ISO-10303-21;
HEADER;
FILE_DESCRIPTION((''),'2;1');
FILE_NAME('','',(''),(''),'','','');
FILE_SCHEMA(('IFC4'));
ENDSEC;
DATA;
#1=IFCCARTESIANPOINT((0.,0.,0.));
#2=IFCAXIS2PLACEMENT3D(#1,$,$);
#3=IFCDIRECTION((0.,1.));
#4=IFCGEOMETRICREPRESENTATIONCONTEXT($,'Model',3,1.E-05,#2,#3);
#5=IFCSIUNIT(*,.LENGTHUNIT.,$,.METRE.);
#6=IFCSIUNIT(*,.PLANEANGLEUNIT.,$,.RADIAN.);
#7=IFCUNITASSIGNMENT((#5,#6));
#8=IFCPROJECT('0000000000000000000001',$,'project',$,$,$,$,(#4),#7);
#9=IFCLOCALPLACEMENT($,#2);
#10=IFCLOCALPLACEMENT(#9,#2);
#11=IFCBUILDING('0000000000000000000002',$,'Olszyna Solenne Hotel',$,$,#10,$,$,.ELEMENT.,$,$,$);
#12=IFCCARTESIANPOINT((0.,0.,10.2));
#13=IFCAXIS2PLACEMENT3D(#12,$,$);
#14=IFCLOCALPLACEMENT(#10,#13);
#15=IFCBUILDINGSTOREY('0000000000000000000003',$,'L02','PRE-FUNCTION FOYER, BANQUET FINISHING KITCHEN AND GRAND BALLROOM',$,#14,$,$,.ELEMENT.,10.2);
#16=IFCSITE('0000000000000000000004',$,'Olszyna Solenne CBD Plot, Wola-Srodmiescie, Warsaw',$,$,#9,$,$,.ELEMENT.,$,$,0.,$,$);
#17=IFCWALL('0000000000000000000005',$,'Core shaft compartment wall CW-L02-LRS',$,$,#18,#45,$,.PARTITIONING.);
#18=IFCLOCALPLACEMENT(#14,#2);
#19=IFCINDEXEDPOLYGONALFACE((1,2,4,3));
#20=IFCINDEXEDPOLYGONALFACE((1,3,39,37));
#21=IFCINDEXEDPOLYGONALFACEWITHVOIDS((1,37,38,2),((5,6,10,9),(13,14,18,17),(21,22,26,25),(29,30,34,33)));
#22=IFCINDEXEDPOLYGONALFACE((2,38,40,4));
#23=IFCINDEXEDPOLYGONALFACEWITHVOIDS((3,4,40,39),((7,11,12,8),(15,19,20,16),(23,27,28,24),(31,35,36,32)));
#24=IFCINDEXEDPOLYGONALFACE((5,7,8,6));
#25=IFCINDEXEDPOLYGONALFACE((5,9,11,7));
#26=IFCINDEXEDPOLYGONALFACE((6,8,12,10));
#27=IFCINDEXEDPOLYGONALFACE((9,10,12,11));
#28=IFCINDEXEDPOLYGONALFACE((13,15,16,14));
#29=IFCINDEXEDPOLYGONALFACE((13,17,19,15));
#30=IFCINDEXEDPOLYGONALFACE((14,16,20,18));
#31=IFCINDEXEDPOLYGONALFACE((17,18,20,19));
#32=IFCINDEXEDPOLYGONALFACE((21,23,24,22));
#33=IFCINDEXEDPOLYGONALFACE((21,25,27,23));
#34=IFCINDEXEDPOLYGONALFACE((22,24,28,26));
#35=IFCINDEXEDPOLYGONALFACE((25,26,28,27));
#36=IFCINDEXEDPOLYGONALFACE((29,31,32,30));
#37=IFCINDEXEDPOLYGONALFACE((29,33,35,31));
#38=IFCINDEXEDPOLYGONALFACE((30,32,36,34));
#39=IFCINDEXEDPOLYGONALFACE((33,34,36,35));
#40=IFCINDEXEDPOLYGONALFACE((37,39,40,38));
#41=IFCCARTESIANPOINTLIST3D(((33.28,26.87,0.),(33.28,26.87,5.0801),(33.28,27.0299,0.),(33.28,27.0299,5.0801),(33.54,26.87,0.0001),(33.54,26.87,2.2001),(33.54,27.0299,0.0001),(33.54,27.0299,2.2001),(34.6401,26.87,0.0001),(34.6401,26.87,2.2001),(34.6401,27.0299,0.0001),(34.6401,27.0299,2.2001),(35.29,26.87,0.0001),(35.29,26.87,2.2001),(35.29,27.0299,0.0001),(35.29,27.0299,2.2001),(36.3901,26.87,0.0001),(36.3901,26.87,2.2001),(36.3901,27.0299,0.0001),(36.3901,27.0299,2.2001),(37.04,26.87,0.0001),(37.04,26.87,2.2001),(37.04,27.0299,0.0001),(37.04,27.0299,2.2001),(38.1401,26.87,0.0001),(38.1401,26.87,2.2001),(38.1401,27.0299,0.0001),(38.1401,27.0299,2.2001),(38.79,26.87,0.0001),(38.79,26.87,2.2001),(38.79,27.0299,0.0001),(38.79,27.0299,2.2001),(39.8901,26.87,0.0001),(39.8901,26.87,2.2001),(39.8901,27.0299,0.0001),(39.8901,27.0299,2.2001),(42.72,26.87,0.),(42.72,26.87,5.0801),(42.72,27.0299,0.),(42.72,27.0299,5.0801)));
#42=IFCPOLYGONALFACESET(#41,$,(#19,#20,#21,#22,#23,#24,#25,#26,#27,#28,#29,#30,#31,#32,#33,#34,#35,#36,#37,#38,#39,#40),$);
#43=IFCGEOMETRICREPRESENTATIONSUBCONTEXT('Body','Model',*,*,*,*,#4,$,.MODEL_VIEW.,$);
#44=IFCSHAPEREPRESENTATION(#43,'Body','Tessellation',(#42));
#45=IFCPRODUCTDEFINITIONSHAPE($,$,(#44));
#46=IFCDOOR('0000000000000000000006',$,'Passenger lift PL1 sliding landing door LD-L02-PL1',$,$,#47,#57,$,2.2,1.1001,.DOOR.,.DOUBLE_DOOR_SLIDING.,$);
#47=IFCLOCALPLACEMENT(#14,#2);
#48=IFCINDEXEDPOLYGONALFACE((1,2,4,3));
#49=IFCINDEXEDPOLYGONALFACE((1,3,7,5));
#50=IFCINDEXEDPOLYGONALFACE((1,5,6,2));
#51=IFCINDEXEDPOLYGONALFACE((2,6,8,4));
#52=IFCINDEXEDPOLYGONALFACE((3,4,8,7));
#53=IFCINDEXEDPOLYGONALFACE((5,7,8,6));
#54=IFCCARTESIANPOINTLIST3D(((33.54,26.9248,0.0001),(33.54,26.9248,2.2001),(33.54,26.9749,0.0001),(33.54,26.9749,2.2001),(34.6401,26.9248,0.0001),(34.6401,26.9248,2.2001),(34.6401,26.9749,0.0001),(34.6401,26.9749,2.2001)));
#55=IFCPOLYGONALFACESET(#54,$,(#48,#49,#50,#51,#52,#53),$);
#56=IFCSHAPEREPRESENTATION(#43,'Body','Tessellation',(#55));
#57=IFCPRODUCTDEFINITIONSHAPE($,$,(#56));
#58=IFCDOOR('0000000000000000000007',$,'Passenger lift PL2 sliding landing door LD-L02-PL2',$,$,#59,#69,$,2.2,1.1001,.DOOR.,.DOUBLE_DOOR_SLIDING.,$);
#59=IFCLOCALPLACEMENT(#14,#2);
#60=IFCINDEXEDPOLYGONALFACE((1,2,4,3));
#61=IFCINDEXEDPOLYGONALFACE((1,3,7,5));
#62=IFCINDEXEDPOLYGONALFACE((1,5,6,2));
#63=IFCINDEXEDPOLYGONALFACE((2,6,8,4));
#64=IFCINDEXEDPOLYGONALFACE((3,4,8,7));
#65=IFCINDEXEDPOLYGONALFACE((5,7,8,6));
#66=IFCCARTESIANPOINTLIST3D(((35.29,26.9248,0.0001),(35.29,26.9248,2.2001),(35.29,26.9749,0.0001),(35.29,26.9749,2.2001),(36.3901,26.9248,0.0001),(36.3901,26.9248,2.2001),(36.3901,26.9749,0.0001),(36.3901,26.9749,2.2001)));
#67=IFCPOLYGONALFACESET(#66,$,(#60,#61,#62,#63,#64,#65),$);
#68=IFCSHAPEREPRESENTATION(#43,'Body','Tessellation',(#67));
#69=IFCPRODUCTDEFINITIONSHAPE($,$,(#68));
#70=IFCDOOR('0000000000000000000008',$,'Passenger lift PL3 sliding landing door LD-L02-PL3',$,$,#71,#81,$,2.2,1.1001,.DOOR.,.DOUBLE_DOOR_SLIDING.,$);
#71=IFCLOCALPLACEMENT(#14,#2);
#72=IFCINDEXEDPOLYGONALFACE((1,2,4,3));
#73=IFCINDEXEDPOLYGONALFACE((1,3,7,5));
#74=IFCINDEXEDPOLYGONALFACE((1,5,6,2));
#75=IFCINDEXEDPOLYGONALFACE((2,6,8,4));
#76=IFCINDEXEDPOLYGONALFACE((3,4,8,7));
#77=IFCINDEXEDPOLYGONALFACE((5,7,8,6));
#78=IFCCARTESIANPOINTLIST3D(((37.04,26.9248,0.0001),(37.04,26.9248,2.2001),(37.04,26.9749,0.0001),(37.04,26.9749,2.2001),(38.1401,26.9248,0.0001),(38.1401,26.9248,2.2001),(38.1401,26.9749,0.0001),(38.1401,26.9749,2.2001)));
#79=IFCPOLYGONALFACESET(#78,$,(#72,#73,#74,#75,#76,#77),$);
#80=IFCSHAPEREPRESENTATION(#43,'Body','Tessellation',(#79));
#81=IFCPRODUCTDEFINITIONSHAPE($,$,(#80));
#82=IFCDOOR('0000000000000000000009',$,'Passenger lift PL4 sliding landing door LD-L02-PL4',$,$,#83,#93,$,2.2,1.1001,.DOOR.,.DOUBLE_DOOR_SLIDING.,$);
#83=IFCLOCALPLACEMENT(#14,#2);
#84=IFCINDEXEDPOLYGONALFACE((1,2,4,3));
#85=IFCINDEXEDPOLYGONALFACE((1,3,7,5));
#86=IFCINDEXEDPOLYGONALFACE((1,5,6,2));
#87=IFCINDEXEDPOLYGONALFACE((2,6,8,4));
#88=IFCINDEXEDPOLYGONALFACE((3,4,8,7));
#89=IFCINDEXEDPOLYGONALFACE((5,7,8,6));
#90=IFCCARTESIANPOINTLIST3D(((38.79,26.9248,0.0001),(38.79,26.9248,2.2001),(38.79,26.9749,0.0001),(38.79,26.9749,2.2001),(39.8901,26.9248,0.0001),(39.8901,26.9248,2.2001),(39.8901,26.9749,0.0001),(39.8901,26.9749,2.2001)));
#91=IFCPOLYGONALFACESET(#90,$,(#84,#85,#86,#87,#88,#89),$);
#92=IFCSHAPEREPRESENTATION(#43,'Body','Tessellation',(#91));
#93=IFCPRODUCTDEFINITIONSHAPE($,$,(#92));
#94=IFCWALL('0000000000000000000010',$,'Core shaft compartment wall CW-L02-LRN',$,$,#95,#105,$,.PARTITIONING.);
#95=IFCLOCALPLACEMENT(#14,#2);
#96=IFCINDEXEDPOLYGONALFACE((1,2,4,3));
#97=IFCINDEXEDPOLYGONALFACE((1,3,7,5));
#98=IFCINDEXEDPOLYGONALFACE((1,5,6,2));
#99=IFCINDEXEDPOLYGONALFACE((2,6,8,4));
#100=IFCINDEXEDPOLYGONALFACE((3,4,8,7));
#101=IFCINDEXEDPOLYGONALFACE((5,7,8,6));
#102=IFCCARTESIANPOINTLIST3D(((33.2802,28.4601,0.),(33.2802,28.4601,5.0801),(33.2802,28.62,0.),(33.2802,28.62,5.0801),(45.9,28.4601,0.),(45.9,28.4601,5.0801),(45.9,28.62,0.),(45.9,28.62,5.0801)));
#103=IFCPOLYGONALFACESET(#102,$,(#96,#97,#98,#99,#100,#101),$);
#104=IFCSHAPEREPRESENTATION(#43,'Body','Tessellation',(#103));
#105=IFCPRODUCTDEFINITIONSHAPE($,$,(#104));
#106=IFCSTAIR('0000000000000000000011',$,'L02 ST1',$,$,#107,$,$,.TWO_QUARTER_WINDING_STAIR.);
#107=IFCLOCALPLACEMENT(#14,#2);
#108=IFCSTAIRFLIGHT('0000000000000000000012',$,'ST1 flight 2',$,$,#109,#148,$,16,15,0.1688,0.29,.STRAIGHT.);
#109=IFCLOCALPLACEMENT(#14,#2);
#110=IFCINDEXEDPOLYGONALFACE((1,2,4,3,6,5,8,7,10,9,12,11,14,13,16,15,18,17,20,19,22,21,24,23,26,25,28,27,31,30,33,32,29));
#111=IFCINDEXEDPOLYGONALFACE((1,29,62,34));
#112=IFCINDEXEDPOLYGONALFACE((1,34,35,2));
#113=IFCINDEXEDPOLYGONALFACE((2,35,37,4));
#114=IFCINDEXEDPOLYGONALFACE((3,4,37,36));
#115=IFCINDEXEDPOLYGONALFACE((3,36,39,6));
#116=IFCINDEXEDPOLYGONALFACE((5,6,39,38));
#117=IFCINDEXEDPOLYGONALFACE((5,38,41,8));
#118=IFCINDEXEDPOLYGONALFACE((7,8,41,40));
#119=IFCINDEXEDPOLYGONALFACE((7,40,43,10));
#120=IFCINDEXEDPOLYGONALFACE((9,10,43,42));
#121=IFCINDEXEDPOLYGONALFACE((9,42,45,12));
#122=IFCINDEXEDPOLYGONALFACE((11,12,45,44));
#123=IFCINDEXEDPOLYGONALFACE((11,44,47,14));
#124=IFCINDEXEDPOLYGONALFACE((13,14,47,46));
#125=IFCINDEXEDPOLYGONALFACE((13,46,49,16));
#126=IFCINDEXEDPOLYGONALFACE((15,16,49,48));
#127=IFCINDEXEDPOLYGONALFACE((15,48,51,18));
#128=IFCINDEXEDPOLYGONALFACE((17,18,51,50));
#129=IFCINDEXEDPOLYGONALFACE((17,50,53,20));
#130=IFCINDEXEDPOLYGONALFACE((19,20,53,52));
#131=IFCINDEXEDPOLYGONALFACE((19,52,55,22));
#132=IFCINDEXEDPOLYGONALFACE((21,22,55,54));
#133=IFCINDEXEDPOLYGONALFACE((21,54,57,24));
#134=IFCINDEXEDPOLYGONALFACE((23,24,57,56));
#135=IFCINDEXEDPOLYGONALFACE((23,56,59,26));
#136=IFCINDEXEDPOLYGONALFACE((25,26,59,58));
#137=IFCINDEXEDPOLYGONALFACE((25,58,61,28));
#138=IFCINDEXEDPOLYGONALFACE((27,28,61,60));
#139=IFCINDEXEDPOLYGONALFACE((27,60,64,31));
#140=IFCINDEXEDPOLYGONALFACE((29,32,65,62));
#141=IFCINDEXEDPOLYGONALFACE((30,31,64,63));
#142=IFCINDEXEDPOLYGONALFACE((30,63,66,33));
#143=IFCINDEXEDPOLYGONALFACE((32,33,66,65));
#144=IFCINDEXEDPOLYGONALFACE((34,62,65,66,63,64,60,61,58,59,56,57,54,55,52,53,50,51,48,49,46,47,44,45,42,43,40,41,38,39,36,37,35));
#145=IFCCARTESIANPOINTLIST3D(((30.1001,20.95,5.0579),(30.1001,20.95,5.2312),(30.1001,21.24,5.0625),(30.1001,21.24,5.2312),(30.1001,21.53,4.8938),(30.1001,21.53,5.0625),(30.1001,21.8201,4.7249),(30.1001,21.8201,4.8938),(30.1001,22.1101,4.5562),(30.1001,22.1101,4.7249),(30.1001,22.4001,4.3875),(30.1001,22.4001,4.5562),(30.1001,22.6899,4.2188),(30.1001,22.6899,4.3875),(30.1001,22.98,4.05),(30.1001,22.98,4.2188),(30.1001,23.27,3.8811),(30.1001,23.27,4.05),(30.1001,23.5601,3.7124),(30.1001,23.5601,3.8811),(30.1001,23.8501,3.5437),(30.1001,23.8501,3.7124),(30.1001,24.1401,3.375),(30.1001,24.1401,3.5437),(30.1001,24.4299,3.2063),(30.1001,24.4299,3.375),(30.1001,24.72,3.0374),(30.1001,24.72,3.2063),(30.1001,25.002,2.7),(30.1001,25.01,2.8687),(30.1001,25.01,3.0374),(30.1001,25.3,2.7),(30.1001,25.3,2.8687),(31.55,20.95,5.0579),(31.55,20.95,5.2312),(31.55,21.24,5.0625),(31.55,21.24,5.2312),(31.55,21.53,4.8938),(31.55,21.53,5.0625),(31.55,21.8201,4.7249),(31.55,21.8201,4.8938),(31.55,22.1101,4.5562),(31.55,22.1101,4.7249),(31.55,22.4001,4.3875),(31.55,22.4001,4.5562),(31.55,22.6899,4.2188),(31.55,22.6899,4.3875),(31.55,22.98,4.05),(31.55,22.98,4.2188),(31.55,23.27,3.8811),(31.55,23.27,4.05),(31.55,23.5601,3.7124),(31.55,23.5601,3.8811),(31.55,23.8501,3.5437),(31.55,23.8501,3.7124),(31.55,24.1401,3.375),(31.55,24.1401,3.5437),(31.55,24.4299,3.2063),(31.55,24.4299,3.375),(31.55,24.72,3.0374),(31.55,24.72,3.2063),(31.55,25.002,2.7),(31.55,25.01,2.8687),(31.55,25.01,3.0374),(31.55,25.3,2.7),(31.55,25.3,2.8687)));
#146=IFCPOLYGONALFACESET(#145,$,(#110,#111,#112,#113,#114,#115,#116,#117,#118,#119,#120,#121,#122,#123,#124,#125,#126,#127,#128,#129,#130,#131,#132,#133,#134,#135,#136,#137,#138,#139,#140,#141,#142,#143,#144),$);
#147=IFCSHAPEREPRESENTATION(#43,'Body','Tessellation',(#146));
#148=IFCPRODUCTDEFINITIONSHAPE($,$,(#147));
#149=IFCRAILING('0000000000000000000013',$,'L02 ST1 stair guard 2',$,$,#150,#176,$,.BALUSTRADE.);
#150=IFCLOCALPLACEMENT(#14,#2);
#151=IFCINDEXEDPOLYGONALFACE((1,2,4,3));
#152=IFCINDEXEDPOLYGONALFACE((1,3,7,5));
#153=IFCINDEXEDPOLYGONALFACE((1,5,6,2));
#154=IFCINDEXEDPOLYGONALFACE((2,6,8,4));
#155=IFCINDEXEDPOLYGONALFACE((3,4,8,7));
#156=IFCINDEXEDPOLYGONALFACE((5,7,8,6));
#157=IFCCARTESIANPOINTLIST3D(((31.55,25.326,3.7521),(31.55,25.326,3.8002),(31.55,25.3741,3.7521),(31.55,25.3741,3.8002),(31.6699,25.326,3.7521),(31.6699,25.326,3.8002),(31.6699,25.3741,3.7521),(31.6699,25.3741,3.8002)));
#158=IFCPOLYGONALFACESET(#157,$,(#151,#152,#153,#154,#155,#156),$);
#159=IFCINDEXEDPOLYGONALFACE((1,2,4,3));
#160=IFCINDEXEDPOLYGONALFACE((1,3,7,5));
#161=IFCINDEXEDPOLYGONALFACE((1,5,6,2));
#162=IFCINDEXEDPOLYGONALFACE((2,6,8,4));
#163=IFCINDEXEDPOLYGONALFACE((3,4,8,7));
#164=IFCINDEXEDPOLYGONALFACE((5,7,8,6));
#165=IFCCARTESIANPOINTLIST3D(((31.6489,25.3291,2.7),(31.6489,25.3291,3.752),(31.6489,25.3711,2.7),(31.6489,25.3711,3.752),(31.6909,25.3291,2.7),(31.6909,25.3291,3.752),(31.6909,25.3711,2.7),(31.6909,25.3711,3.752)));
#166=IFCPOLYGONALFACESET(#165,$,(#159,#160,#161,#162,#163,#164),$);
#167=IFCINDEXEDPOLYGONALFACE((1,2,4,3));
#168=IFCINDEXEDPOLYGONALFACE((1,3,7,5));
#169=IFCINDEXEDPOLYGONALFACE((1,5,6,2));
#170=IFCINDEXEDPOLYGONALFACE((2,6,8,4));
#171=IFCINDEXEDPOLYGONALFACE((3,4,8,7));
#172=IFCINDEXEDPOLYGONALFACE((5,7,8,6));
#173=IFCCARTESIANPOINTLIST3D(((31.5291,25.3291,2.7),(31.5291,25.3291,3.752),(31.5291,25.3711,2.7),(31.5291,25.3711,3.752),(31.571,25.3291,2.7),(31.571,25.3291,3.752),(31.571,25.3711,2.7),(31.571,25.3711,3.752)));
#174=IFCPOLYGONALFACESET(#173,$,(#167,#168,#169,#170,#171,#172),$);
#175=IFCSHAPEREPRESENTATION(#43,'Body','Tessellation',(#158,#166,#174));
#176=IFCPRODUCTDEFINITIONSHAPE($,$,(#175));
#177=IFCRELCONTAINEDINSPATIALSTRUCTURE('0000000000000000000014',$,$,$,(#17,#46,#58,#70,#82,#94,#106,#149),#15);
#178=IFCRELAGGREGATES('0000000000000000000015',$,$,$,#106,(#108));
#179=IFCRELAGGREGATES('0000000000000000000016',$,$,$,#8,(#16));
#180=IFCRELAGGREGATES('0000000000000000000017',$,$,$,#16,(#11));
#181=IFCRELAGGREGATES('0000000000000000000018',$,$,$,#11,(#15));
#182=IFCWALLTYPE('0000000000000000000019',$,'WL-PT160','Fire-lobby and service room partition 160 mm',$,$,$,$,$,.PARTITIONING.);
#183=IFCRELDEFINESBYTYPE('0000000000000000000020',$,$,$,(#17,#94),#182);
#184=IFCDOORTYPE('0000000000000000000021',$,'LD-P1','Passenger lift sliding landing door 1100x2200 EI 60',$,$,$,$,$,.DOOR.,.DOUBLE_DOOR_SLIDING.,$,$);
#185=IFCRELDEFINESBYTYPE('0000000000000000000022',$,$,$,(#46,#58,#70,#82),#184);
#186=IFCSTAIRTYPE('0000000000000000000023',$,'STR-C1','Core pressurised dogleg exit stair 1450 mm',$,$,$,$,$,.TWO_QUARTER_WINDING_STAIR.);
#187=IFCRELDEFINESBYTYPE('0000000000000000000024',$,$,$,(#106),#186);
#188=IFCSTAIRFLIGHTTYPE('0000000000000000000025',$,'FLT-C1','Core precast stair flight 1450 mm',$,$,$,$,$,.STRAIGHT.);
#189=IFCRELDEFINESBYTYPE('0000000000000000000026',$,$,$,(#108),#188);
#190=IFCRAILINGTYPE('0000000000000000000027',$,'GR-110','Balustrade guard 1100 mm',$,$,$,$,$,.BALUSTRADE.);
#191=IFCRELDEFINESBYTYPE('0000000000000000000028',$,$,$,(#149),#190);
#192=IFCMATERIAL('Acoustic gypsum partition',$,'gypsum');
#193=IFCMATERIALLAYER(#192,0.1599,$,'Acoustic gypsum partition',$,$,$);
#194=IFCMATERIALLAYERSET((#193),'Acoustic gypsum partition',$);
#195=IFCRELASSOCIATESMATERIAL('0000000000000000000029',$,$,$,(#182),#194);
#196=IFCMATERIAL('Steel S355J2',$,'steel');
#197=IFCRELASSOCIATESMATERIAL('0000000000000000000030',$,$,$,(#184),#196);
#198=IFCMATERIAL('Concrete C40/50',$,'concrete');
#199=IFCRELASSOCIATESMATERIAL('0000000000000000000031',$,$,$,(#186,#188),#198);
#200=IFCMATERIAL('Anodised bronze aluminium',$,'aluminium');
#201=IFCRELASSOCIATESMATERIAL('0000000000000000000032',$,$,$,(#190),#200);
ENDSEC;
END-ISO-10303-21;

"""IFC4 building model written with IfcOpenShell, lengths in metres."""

from ifc_helpers import new_model, si_unit, direction, frame, frame_2d, origin, origin_2d, place, context, subcontext, project, spatial, polyline, rectangle, outline, extrude, source, transform, mapped, material, layer, layer_set, type_object, type_shapes, element, fill, aggregate, save


model = new_model("IFC4")

# Units and contexts
model_context = context("Model", 3, precision=1e-05, world=origin(), true_north=direction((0.0, 1.0)))
body_context = subcontext(model_context, "Body", "Model", "MODEL_VIEW")
ifc_project = project(units=[si_unit("LENGTHUNIT", "METRE"), si_unit("PLANEANGLEUNIT", "RADIAN")], contexts=[model_context])

# Site, building, storey
site_placement = place(None, origin())
site = spatial("IfcSite", under=ifc_project, at=site_placement, Name="Olszyna Solenne CBD Plot, Wola-Srodmiescie, Warsaw", CompositionType="ELEMENT", RefElevation=0.0)
building_placement = place(site_placement, origin())
building = spatial("IfcBuilding", under=site, at=building_placement, Name="Olszyna Solenne Hotel", CompositionType="ELEMENT")
storey_placement = place(building_placement, frame((0.0, 0.0, 10.2)))
storey = spatial("IfcBuildingStorey", under=building, at=storey_placement, Name="L02", Description="PRE-FUNCTION FOYER, BANQUET FINISHING KITCHEN AND GRAND BALLROOM", CompositionType="ELEMENT", Elevation=10.2)

# Shared definitions
ifc_material_1 = material(Name="Steel S355J2", Category="steel")

# Shared definitions
ifc_material_2 = material(Name="Acoustic gypsum partition", Category="gypsum")
ifc_layer = layer(ifc_material_2, 0.1599, Name="Acoustic gypsum partition")
ifc_layer_set = layer_set([ifc_layer], Name="Acoustic gypsum partition")
wall_type = type_object("IfcWallType", Name="WL-PT160", Description="Fire-lobby and service room partition 160 mm", PredefinedType="PARTITIONING", material=ifc_layer_set)

# Wall, openings, doors
wall_1_placement = place(storey_placement, frame((33.28, 26.95, 0.0), z_axis=(0.0, 0.0, 1.0), x_axis=(1.0, 0.0, 0.0)))
wall_1 = element("IfcWall", 1, at=wall_1_placement, inside=storey, type_object=wall_type, Name="Core shaft compartment wall CW-L02-LRS", PredefinedType="PARTITIONING", context=body_context, shape_type="SweptSolid", body=[
    extrude(rectangle(XDim=9.4399, YDim=0.1599, at=frame_2d((4.72, 0.0))), origin(), (0.0, 0.0, 1.0), 5.0801),
])
opening_1_placement = place(wall_1_placement, frame((0.26, 0.0, 0.0)))
opening_1 = element("IfcOpeningElement", 2, at=opening_1_placement, cuts=wall_1, PredefinedType="OPENING", context=body_context, shape_type="SweptSolid", body=[
    extrude(rectangle(XDim=1.1001, YDim=2.2, at=frame_2d((0.55, 1.1001))), frame((0.0, 0.0898, 0.0), z_axis=(0.0, -1.0, 0.0), x_axis=(1.0, 0.0, 0.0)), (0.0, 0.0, 1.0), 0.1799),
])
opening_2_placement = place(wall_1_placement, frame((2.01, 0.0, 0.0)))
opening_2 = element("IfcOpeningElement", 3, at=opening_2_placement, cuts=wall_1, PredefinedType="OPENING", context=body_context, shape_type="SweptSolid", body=[
    extrude(rectangle(XDim=1.1001, YDim=2.2, at=frame_2d((0.55, 1.1001))), frame((0.0, 0.0898, 0.0), z_axis=(0.0, -1.0, 0.0), x_axis=(1.0, 0.0, 0.0)), (0.0, 0.0, 1.0), 0.1799),
])
opening_3_placement = place(wall_1_placement, frame((3.76, 0.0, 0.0)))
opening_3 = element("IfcOpeningElement", 4, at=opening_3_placement, cuts=wall_1, PredefinedType="OPENING", context=body_context, shape_type="SweptSolid", body=[
    extrude(rectangle(XDim=1.1001, YDim=2.2, at=frame_2d((0.55, 1.1001))), frame((0.0, 0.0898, 0.0), z_axis=(0.0, -1.0, 0.0), x_axis=(1.0, 0.0, 0.0)), (0.0, 0.0, 1.0), 0.1799),
])
opening_4_placement = place(wall_1_placement, frame((5.51, 0.0, 0.0)))
opening_4 = element("IfcOpeningElement", 5, at=opening_4_placement, cuts=wall_1, PredefinedType="OPENING", context=body_context, shape_type="SweptSolid", body=[
    extrude(rectangle(XDim=1.1001, YDim=2.2, at=frame_2d((0.55, 1.1001))), frame((0.0, 0.0898, 0.0), z_axis=(0.0, -1.0, 0.0), x_axis=(1.0, 0.0, 0.0)), (0.0, 0.0, 1.0), 0.1799),
])
door_type = type_object("IfcDoorType", Name="LD-P1", Description="Passenger lift sliding landing door 1100x2200 EI 60", OperationType="DOUBLE_DOOR_SLIDING", PredefinedType="DOOR", material=ifc_material_1)
shared_shape_1 = source(origin(), body_context, "Body", "SweptSolid", [
    extrude(rectangle(XDim=1.1001, YDim=2.2, at=frame_2d((0.55, 1.1001))), frame((0.0, 0.0249, 0.0), z_axis=(0.0, -1.0, 0.0), x_axis=(1.0, 0.0, 0.0)), (0.0, 0.0, 1.0), 0.05),
])
type_shapes(door_type, [shared_shape_1])
door_1_placement = place(opening_1_placement, origin())
door_1 = element("IfcDoor", 6, at=door_1_placement, inside=storey, type_object=door_type, Name="Passenger lift PL1 sliding landing door LD-L02-PL1", OperationType="DOUBLE_DOOR_SLIDING", OverallHeight=2.2, OverallWidth=1.1001, PredefinedType="DOOR", context=body_context, shape_type="MappedRepresentation", body=[
    mapped(shared_shape_1, transform((0.0, 0.0, 0.0), x_axis=(1.0, 0.0, 0.0), y_axis=(0.0, 1.0, 0.0), z_axis=(0.0, 0.0, 1.0), scale=1.0)),
])
fill(opening_1, door_1)
door_2_placement = place(opening_2_placement, origin())
door_2 = element("IfcDoor", 7, at=door_2_placement, inside=storey, type_object=door_type, Name="Passenger lift PL2 sliding landing door LD-L02-PL2", OperationType="DOUBLE_DOOR_SLIDING", OverallHeight=2.2, OverallWidth=1.1001, PredefinedType="DOOR", context=body_context, shape_type="MappedRepresentation", body=[
    mapped(shared_shape_1, transform((0.0, 0.0, 0.0), x_axis=(1.0, 0.0, 0.0), y_axis=(0.0, 1.0, 0.0), z_axis=(0.0, 0.0, 1.0), scale=1.0)),
])
fill(opening_2, door_2)
door_3_placement = place(opening_3_placement, origin())
door_3 = element("IfcDoor", 8, at=door_3_placement, inside=storey, type_object=door_type, Name="Passenger lift PL3 sliding landing door LD-L02-PL3", OperationType="DOUBLE_DOOR_SLIDING", OverallHeight=2.2, OverallWidth=1.1001, PredefinedType="DOOR", context=body_context, shape_type="MappedRepresentation", body=[
    mapped(shared_shape_1, transform((0.0, 0.0, 0.0), x_axis=(1.0, 0.0, 0.0), y_axis=(0.0, 1.0, 0.0), z_axis=(0.0, 0.0, 1.0), scale=1.0)),
])
fill(opening_3, door_3)
door_4_placement = place(opening_4_placement, origin())
door_4 = element("IfcDoor", 9, at=door_4_placement, inside=storey, type_object=door_type, Name="Passenger lift PL4 sliding landing door LD-L02-PL4", OperationType="DOUBLE_DOOR_SLIDING", OverallHeight=2.2, OverallWidth=1.1001, PredefinedType="DOOR", context=body_context, shape_type="MappedRepresentation", body=[
    mapped(shared_shape_1, transform((0.0, 0.0, 0.0), x_axis=(1.0, 0.0, 0.0), y_axis=(0.0, 1.0, 0.0), z_axis=(0.0, 0.0, 1.0), scale=1.0)),
])
fill(opening_4, door_4)

# Wall
wall_2_placement = place(storey_placement, frame((33.28, 28.54, 0.0), z_axis=(0.0, 0.0, 1.0), x_axis=(1.0, 0.0, 0.0)))
element("IfcWall", 10, at=wall_2_placement, inside=storey, type_object=wall_type, Name="Core shaft compartment wall CW-L02-LRN", PredefinedType="PARTITIONING", context=body_context, shape_type="SweptSolid", body=[
    extrude(rectangle(XDim=12.6199, YDim=0.1599, at=frame_2d((6.3101, 0.0))), origin(), (0.0, 0.0, 1.0), 5.0801),
])

# Stair, stair flight
ifc_material_3 = material(Name="Concrete C40/50", Category="concrete")
stair_type = type_object("IfcStairType", Name="STR-C1", Description="Core pressurised dogleg exit stair 1450 mm", PredefinedType="TWO_QUARTER_WINDING_STAIR", material=ifc_material_3)
stair_placement = place(storey_placement, origin())
stair = element("IfcStair", 11, at=stair_placement, inside=storey, type_object=stair_type, Name="L02 ST1", PredefinedType="TWO_QUARTER_WINDING_STAIR")
stair_flight_type = type_object("IfcStairFlightType", Name="FLT-C1", Description="Core precast stair flight 1450 mm", PredefinedType="STRAIGHT", material=ifc_material_3)
stair_flight_placement = place(storey_placement, frame((30.825, 25.3, 2.7), z_axis=(0.0, 0.0, 1.0), x_axis=(0.0, -1.0, 0.0)))
stair_flight = element("IfcStairFlight", 12, at=stair_flight_placement, type_object=stair_flight_type, Name="ST1 flight 2", NumberOfRisers=16, NumberOfTreads=15, PredefinedType="STRAIGHT", RiserHeight=0.1688, TreadLength=0.29, context=body_context, shape_type="SweptSolid", body=[
    extrude(outline(polyline([(0.0, 0.0), (0.0, 0.1687), (0.29, 0.1687), (0.29, 0.3374), (0.5801, 0.3374), (0.5801, 0.5063), (0.8701, 0.5063), (0.8701, 0.675), (1.1599, 0.675), (1.1599, 0.8438), (1.45, 0.8438), (1.45, 1.0125), (1.74, 1.0125), (1.74, 1.1812), (2.03, 1.1812), (2.03, 1.3501), (2.3201, 1.3501), (2.3201, 1.5188), (2.6101, 1.5188), (2.6101, 1.6875), (2.8999, 1.6875), (2.8999, 1.8562), (3.1899, 1.8562), (3.1899, 2.0249), (3.48, 2.0249), (3.48, 2.1938), (3.77, 2.1938), (3.77, 2.3625), (4.0601, 2.3625), (4.0601, 2.5312), (4.3501, 2.5312), (4.3501, 2.7), (4.3501, 2.3579), (0.2981, 0.0), (0.0, 0.0)])), frame((0.0, 0.7251, 0.0), z_axis=(0.0, -1.0, 0.0), x_axis=(1.0, 0.0, 0.0)), (0.0, 0.0, 1.0), 1.45),
])
aggregate(stair, [stair_flight])

# Railing
ifc_material_4 = material(Name="Anodised bronze aluminium", Category="aluminium")
railing_type_1 = type_object("IfcRailingType", Name="GR-110", Description="Balustrade guard 1100 mm", PredefinedType="BALUSTRADE", material=ifc_material_4)
railing_1_placement = place(storey_placement, frame((31.6699, 25.3501, 2.7)))
element("IfcRailing", 13, at=railing_1_placement, inside=storey, type_object=railing_type_1, Name="L02 ST1 stair guard 2", PredefinedType="BALUSTRADE", context=body_context, shape_type="SweptSolid", body=[
    extrude(rectangle(XDim=0.0481, YDim=0.0481, at=origin_2d()), frame((0.0, 0.0, 1.0762), z_axis=(-1.0, 0.0, 0.0), x_axis=(0.0, -1.0, 0.0)), (0.0, 0.0, 1.0), 0.1199),
    extrude(rectangle(XDim=0.042, YDim=0.042, at=origin_2d()), origin(), (0.0, 0.0, 1.0), 1.052),
    extrude(rectangle(XDim=0.042, YDim=0.042, at=origin_2d()), frame((-0.1199, 0.0, 0.0)), (0.0, 0.0, 1.0), 1.052),
])

save(model, "model.ifc")
